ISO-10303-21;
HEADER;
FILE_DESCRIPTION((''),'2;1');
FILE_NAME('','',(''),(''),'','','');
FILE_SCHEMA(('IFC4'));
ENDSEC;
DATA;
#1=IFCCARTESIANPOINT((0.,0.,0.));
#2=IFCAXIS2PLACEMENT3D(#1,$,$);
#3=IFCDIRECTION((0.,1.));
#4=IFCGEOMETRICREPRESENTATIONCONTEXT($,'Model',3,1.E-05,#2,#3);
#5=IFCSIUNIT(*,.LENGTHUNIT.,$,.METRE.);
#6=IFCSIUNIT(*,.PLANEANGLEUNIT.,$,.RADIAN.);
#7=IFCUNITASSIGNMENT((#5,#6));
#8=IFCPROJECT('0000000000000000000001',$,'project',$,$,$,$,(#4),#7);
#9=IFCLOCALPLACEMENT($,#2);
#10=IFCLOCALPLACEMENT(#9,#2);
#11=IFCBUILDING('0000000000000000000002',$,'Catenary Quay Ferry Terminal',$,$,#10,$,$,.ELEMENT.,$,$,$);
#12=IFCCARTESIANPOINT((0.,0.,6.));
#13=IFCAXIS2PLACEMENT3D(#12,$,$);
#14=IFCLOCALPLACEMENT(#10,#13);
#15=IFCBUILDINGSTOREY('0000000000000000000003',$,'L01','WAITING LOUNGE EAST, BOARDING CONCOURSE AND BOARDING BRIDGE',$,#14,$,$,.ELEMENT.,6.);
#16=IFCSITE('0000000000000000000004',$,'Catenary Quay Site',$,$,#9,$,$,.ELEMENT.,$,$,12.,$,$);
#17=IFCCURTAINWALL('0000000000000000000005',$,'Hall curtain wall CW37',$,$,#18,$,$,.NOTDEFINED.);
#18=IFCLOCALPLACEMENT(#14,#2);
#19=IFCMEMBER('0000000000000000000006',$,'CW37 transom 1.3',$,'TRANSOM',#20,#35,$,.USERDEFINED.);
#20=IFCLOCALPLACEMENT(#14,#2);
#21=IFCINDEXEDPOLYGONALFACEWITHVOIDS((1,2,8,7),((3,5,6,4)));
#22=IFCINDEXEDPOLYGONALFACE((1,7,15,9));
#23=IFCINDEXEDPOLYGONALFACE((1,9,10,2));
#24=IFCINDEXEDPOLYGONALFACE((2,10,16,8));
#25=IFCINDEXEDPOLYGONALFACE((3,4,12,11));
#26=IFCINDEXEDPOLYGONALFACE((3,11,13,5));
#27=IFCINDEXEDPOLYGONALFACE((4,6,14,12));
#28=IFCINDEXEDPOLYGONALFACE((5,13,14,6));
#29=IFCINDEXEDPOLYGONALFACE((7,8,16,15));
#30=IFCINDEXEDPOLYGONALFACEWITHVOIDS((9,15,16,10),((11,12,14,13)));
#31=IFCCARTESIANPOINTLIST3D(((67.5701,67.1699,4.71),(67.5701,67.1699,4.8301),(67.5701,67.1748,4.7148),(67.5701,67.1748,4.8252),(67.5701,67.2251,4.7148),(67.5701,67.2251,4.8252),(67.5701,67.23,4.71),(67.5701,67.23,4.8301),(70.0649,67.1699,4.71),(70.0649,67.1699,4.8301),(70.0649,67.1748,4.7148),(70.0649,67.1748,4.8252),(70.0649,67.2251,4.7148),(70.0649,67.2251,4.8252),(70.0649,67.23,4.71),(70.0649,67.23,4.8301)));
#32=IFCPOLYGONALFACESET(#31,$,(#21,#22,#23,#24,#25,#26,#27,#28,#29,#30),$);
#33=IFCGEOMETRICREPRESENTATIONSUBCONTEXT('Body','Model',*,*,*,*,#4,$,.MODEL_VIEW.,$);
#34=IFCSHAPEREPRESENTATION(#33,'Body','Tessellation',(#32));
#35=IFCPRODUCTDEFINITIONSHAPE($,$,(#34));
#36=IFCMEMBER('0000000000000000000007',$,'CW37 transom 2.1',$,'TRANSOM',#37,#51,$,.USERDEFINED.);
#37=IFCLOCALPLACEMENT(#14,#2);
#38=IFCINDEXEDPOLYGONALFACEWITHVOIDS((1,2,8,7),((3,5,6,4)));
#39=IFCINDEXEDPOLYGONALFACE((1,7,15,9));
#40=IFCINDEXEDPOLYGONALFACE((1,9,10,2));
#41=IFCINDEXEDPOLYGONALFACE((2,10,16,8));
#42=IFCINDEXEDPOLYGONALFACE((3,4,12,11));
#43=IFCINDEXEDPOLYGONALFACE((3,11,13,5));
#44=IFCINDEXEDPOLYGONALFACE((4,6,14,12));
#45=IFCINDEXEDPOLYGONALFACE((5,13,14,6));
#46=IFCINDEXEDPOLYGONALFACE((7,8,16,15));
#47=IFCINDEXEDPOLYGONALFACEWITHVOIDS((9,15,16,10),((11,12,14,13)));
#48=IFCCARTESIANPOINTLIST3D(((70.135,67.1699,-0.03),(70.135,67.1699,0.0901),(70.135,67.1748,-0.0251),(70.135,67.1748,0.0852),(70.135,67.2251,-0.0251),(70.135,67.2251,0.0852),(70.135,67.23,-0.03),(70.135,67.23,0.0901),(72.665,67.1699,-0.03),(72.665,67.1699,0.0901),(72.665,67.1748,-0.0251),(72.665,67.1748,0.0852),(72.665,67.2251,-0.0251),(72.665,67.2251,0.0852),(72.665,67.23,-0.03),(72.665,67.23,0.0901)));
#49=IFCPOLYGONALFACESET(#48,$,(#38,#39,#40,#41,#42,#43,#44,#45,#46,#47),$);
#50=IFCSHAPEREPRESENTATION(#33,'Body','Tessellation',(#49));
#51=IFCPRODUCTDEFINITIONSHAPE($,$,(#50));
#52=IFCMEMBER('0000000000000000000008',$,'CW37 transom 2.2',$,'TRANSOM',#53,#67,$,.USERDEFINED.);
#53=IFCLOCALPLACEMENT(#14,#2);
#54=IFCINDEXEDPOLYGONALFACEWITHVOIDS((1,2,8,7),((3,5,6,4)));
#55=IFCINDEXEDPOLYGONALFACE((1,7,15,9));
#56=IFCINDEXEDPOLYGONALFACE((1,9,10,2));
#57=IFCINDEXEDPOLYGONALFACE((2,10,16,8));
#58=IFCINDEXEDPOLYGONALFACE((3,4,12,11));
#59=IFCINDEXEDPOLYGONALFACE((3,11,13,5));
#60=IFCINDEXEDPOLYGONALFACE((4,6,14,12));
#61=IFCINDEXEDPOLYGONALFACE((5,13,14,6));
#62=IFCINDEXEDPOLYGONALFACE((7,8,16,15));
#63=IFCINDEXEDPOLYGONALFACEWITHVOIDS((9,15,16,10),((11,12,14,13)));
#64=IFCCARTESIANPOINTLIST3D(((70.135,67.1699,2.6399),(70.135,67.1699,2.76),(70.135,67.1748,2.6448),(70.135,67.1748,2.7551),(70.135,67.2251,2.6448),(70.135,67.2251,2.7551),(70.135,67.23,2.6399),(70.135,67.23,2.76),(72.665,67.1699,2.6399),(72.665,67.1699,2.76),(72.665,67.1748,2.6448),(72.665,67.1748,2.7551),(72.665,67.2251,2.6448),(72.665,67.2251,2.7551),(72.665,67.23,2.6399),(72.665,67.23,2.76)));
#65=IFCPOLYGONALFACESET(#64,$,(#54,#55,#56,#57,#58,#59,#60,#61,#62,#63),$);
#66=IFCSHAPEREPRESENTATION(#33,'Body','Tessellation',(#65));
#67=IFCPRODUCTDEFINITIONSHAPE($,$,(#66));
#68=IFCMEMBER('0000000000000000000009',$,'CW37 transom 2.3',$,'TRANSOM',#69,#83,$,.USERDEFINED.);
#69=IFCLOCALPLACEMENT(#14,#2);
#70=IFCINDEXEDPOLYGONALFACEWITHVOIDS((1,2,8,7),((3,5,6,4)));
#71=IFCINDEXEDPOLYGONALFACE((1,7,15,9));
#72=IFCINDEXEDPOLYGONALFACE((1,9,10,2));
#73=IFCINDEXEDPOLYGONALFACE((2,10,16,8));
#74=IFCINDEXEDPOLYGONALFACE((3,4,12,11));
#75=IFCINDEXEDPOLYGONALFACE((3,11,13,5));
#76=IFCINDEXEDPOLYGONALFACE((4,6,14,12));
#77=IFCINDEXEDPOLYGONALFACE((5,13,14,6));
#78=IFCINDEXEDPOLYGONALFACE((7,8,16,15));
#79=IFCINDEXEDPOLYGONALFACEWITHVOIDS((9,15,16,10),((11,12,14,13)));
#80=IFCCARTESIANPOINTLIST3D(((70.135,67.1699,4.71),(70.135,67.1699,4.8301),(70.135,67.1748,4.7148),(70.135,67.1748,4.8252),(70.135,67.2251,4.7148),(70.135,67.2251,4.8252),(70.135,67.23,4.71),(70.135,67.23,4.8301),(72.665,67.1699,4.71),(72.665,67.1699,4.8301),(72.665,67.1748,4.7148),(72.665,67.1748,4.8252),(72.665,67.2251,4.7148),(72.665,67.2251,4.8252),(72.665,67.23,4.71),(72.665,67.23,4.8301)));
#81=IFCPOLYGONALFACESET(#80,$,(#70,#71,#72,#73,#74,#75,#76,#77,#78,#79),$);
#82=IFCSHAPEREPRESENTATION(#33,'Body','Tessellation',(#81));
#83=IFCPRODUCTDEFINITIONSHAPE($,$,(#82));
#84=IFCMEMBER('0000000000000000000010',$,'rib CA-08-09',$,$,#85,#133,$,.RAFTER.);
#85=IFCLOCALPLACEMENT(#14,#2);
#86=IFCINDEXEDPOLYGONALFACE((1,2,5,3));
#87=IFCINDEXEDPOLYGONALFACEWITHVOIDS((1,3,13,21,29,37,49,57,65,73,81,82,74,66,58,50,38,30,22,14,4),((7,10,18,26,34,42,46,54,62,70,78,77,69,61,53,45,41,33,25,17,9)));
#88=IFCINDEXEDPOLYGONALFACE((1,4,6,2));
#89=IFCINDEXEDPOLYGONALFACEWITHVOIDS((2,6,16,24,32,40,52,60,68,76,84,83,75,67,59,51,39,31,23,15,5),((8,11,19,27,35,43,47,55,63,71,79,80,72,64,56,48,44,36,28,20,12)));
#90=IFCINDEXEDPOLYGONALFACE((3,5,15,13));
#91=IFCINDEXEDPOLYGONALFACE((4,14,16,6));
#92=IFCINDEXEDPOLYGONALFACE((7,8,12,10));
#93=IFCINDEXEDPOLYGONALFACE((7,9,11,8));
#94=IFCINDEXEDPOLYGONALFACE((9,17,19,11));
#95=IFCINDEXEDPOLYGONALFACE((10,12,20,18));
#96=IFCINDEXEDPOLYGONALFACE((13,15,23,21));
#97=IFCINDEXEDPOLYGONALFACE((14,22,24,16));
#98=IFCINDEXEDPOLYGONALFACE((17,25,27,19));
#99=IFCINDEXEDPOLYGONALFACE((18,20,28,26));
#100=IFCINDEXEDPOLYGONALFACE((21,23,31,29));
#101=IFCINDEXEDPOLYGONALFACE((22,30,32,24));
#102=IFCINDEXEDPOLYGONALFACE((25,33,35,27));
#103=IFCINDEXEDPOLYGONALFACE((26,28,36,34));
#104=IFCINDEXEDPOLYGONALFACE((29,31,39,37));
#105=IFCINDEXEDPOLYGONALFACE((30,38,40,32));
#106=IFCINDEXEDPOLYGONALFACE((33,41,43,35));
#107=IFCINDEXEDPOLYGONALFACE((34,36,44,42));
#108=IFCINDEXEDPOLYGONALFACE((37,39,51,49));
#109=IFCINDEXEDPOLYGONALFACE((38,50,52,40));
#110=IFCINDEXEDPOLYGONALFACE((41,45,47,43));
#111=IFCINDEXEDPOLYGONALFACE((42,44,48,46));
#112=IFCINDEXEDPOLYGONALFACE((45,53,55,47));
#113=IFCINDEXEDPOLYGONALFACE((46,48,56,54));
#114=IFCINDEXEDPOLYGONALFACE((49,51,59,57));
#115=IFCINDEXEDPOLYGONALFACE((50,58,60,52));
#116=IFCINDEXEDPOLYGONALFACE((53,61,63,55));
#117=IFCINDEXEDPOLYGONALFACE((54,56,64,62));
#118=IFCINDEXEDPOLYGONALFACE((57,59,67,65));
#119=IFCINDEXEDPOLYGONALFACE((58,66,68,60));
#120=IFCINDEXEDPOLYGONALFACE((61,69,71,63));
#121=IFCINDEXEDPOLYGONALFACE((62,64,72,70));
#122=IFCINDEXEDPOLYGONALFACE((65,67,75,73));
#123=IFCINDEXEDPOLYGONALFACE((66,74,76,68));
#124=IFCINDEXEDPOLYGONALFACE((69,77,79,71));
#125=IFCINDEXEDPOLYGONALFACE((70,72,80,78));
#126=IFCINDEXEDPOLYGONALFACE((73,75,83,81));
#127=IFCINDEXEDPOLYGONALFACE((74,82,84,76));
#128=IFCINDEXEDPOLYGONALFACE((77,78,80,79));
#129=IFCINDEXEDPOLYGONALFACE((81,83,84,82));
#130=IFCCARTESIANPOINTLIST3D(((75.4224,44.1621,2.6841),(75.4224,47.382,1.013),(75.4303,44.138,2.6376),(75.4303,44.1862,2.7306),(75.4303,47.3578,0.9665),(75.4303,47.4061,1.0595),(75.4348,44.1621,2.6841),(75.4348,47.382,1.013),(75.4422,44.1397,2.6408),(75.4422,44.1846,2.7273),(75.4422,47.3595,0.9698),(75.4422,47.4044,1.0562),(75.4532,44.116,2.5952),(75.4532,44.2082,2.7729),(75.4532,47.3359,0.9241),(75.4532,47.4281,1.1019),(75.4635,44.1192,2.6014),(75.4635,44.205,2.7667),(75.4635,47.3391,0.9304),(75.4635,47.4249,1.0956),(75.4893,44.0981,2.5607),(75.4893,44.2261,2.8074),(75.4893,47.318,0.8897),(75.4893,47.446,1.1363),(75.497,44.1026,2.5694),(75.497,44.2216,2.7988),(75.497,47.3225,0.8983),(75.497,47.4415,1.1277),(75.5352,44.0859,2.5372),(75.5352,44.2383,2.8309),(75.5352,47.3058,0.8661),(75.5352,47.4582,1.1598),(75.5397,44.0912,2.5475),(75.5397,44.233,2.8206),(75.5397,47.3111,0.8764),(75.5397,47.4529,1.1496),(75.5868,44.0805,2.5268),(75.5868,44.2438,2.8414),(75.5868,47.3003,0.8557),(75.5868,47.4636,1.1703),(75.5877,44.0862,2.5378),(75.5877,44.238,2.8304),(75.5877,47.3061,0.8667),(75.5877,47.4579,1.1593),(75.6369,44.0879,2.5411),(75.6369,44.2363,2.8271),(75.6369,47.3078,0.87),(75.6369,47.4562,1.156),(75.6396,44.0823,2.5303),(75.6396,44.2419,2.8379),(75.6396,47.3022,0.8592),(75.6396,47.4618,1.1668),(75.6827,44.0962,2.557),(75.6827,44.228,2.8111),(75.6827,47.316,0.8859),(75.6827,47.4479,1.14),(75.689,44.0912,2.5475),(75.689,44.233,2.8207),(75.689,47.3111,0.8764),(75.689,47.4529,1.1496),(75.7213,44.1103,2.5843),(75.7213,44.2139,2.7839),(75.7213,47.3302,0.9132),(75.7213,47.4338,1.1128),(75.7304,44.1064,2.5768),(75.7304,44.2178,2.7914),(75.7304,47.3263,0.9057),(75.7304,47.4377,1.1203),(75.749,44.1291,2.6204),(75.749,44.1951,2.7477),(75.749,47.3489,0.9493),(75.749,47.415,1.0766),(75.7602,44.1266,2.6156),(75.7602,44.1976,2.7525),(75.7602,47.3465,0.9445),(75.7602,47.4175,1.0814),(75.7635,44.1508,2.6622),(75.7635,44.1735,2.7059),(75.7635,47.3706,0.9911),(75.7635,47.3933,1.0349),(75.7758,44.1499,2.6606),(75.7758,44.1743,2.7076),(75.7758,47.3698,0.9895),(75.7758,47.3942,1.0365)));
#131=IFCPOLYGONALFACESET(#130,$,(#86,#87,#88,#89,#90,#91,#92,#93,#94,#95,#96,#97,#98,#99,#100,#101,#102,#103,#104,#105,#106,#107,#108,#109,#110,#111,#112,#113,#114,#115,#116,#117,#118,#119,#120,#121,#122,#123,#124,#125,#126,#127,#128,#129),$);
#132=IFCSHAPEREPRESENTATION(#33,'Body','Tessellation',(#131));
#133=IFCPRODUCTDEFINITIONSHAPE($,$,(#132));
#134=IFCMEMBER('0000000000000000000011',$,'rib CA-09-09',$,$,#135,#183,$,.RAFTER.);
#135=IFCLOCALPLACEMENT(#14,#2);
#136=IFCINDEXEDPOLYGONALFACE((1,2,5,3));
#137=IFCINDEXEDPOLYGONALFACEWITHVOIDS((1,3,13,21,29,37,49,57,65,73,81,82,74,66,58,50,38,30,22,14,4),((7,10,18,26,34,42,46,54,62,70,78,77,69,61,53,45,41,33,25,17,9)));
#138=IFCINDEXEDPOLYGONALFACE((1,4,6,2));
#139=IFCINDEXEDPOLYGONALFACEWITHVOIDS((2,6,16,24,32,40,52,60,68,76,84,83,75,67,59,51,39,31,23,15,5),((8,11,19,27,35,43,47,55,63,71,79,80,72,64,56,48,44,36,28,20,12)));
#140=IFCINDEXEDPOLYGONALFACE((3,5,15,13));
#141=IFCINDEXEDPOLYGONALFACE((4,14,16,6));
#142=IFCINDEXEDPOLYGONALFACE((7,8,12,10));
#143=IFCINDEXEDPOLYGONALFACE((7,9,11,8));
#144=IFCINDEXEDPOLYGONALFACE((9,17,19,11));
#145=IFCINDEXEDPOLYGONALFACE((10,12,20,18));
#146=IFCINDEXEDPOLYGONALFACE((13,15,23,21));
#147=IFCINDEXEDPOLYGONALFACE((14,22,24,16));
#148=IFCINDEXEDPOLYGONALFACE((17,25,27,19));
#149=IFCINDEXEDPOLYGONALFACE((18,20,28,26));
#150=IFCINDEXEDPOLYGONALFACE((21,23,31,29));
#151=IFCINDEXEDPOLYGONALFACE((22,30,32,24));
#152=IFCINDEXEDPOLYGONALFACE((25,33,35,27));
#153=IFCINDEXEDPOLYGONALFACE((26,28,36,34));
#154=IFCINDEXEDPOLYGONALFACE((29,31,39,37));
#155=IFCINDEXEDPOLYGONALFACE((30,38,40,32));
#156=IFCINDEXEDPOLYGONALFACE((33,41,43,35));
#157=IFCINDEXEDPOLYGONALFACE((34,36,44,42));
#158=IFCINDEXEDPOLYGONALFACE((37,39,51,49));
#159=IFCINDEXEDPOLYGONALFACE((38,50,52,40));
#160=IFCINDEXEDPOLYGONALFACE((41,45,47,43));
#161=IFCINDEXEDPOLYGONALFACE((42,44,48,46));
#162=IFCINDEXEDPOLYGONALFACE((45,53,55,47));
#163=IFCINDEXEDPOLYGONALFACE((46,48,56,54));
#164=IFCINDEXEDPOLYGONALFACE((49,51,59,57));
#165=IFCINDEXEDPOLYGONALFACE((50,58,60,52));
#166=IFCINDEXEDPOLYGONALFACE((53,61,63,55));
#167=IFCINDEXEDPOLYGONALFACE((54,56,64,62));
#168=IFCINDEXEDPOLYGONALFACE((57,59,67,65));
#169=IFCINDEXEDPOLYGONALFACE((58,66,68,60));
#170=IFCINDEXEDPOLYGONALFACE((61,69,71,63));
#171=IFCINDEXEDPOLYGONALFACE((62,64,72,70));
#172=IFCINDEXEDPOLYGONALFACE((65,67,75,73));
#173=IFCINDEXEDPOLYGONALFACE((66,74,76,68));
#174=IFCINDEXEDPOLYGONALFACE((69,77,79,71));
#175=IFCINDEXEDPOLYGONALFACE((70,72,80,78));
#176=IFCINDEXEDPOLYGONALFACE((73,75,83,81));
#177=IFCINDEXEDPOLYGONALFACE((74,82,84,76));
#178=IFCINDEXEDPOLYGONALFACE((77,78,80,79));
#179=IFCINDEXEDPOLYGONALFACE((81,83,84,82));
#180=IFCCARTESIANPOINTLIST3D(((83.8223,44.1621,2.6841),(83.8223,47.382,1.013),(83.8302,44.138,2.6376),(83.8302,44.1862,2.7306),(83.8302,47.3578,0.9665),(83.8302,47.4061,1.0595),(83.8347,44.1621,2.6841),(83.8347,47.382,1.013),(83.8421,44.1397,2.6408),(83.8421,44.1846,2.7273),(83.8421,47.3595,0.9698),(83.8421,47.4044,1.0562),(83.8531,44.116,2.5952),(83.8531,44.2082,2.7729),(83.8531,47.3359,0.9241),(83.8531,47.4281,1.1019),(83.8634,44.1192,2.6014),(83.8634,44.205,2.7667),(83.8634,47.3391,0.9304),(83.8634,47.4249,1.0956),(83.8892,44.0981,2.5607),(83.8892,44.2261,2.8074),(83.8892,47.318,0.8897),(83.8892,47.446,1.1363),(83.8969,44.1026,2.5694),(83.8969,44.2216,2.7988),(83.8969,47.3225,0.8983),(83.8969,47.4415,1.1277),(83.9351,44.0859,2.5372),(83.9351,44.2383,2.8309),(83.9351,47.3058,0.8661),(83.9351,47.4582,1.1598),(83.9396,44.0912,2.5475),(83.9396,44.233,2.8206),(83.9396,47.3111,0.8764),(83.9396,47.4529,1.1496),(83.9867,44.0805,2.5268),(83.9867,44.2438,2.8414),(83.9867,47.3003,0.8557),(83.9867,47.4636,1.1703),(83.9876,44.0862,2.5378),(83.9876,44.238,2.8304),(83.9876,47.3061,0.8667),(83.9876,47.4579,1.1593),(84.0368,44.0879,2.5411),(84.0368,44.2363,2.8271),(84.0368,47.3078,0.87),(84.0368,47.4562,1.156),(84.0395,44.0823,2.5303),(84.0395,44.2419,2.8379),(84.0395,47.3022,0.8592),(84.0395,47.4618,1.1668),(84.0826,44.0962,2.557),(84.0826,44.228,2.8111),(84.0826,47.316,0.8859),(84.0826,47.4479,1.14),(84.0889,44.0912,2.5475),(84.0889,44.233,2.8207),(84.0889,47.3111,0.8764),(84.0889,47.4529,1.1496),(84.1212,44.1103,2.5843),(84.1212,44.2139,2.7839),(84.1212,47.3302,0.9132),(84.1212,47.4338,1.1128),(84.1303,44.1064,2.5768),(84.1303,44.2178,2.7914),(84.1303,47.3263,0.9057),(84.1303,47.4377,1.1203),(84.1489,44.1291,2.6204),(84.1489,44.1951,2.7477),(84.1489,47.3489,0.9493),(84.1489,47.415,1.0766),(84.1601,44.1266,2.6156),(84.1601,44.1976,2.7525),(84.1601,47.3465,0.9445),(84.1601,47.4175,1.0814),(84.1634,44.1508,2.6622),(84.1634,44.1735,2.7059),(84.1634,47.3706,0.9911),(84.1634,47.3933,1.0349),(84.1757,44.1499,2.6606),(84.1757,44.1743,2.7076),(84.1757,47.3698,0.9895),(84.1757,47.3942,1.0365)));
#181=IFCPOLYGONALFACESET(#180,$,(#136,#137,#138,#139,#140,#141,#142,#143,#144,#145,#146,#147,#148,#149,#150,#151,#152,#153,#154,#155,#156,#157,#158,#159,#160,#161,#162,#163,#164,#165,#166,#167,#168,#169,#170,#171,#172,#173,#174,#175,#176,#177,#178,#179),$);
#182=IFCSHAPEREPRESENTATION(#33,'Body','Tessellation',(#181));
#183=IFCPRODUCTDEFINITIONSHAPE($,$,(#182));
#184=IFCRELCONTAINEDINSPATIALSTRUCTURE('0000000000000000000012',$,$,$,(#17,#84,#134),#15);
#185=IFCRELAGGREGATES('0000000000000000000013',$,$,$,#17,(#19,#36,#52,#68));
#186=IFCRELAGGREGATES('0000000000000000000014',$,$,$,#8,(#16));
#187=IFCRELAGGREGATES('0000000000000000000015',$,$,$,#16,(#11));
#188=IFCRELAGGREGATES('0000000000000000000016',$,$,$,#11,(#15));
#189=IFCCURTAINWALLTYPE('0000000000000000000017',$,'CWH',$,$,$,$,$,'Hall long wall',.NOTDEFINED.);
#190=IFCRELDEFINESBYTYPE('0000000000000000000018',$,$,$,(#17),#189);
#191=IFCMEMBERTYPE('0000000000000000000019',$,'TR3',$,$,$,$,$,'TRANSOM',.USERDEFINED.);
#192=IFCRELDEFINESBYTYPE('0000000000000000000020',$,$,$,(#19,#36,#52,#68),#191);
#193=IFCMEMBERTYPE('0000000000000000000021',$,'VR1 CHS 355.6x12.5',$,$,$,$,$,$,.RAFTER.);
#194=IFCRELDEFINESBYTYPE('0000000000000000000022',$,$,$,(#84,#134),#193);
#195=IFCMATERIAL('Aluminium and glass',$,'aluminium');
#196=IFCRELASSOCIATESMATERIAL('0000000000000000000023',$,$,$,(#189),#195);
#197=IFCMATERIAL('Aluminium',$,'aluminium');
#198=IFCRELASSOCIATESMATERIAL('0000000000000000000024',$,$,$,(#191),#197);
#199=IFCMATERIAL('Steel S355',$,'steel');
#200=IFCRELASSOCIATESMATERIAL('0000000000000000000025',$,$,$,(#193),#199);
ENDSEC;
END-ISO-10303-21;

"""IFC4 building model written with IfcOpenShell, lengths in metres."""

from ifc_helpers import new_model, si_unit, direction, frame, origin, origin_2d, place, context, subcontext, project, spatial, hollow_rectangle, hollow_circle, extrude, material, material_profile, profile_set, type_object, element, aggregate, save


model = new_model("IFC4")

# Units and contexts
model_context = context("Model", 3, precision=1e-05, world=origin(), true_north=direction((0.0, 1.0)))
body_context = subcontext(model_context, "Body", "Model", "MODEL_VIEW")
ifc_project = project(units=[si_unit("LENGTHUNIT", "METRE"), si_unit("PLANEANGLEUNIT", "RADIAN")], contexts=[model_context])

# Site, building, storey
site_placement = place(None, origin())
site = spatial("IfcSite", under=ifc_project, at=site_placement, Name="Catenary Quay Site", CompositionType="ELEMENT", RefElevation=12.0)
building_placement = place(site_placement, origin())
building = spatial("IfcBuilding", under=site, at=building_placement, Name="Catenary Quay Ferry Terminal", CompositionType="ELEMENT")
storey_placement = place(building_placement, frame((0.0, 0.0, 6.0)))
storey = spatial("IfcBuildingStorey", under=building, at=storey_placement, Name="L01", Description="WAITING LOUNGE EAST, BOARDING CONCOURSE AND BOARDING BRIDGE", CompositionType="ELEMENT", Elevation=6.0)

# Curtain wall
ifc_material_1 = material(Name="Aluminium and glass", Category="aluminium")
curtain_wall_type = type_object("IfcCurtainWallType", Name="CWH", ElementType="Hall long wall", PredefinedType="NOTDEFINED", material=ifc_material_1)
curtain_wall_placement = place(storey_placement, origin())
curtain_wall = element("IfcCurtainWall", 1, at=curtain_wall_placement, inside=storey, type_object=curtain_wall_type, Name="Hall curtain wall CW37", PredefinedType="NOTDEFINED")

# Members
ifc_material_2 = material(Name="Aluminium", Category="aluminium")
ifc_material_profile_1 = material_profile(ifc_material_2, hollow_rectangle(XDim=0.0601, YDim=0.1201, WallThickness=0.0049, at=origin_2d()), Name="TR3")
ifc_profile_set_1 = profile_set([ifc_material_profile_1], Name="Aluminium")
member_type_1 = type_object("IfcMemberType", Name="TR3", ElementType="TRANSOM", PredefinedType="USERDEFINED", material=ifc_profile_set_1)
member_1_placement = place(storey_placement, frame((67.5701, 67.2, 4.77), z_axis=(1.0, 0.0, 0.0), x_axis=(0.0, 1.0, 0.0)))
member_1 = element("IfcMember", 2, at=member_1_placement, type_object=member_type_1, Name="CW37 transom 1.3", ObjectType="TRANSOM", PredefinedType="USERDEFINED", context=body_context, shape_type="SweptSolid", body=[
    extrude(hollow_rectangle(XDim=0.0601, YDim=0.1201, WallThickness=0.0049, at=origin_2d()), origin(), (0.0, 0.0, 1.0), 2.4949),
])
member_2_placement = place(storey_placement, frame((70.135, 67.2, 0.03), z_axis=(1.0, 0.0, 0.0), x_axis=(0.0, 1.0, 0.0)))
member_2 = element("IfcMember", 3, at=member_2_placement, type_object=member_type_1, Name="CW37 transom 2.1", ObjectType="TRANSOM", PredefinedType="USERDEFINED", context=body_context, shape_type="SweptSolid", body=[
    extrude(hollow_rectangle(XDim=0.0601, YDim=0.1201, WallThickness=0.0049, at=origin_2d()), origin(), (0.0, 0.0, 1.0), 2.53),
])
member_3_placement = place(storey_placement, frame((70.135, 67.2, 2.7), z_axis=(1.0, 0.0, 0.0), x_axis=(0.0, 1.0, 0.0)))
member_3 = element("IfcMember", 4, at=member_3_placement, type_object=member_type_1, Name="CW37 transom 2.2", ObjectType="TRANSOM", PredefinedType="USERDEFINED", context=body_context, shape_type="SweptSolid", body=[
    extrude(hollow_rectangle(XDim=0.0601, YDim=0.1201, WallThickness=0.0049, at=origin_2d()), origin(), (0.0, 0.0, 1.0), 2.53),
])
member_4_placement = place(storey_placement, frame((70.135, 67.2, 4.77), z_axis=(1.0, 0.0, 0.0), x_axis=(0.0, 1.0, 0.0)))
member_4 = element("IfcMember", 5, at=member_4_placement, type_object=member_type_1, Name="CW37 transom 2.3", ObjectType="TRANSOM", PredefinedType="USERDEFINED", context=body_context, shape_type="SweptSolid", body=[
    extrude(hollow_rectangle(XDim=0.0601, YDim=0.1201, WallThickness=0.0049, at=origin_2d()), origin(), (0.0, 0.0, 1.0), 2.53),
])

# Members
ifc_material_3 = material(Name="Steel S355", Category="steel")
ifc_material_profile_2 = material_profile(ifc_material_3, hollow_circle(Radius=0.1777, WallThickness=0.0125, at=origin_2d()), Name="CHS 355.6x12.5")
ifc_profile_set_2 = profile_set([ifc_material_profile_2], Name="Steel S355")
member_type_2 = type_object("IfcMemberType", Name="VR1 CHS 355.6x12.5", PredefinedType="RAFTER", material=ifc_profile_set_2)
for number, where, z_axis, x_axis, name in (
    (6, (75.6001, 44.1621, 2.6841), (0.0, 0.887582, -0.460649), (-1.0, 0.0, 0.0), "rib CA-08-09"),
    (7, (84.0, 44.1621, 2.6841), (0.0, 0.887582, -0.460649), (-1.0, 0.0, 0.0), "rib CA-09-09"),
):
    element("IfcMember", number, at=place(storey_placement, frame(where, z_axis=z_axis, x_axis=x_axis)), inside=storey, type_object=member_type_2, Name=name, PredefinedType="RAFTER", context=body_context, shape_type="SweptSolid", body=[
        extrude(hollow_circle(Radius=0.1777, WallThickness=0.0125, at=origin_2d()), origin(), (0.0, 0.0, 1.0), 3.6277),
    ])

aggregate(curtain_wall, [member_1, member_2, member_3, member_4])

save(model, "model.ifc")
